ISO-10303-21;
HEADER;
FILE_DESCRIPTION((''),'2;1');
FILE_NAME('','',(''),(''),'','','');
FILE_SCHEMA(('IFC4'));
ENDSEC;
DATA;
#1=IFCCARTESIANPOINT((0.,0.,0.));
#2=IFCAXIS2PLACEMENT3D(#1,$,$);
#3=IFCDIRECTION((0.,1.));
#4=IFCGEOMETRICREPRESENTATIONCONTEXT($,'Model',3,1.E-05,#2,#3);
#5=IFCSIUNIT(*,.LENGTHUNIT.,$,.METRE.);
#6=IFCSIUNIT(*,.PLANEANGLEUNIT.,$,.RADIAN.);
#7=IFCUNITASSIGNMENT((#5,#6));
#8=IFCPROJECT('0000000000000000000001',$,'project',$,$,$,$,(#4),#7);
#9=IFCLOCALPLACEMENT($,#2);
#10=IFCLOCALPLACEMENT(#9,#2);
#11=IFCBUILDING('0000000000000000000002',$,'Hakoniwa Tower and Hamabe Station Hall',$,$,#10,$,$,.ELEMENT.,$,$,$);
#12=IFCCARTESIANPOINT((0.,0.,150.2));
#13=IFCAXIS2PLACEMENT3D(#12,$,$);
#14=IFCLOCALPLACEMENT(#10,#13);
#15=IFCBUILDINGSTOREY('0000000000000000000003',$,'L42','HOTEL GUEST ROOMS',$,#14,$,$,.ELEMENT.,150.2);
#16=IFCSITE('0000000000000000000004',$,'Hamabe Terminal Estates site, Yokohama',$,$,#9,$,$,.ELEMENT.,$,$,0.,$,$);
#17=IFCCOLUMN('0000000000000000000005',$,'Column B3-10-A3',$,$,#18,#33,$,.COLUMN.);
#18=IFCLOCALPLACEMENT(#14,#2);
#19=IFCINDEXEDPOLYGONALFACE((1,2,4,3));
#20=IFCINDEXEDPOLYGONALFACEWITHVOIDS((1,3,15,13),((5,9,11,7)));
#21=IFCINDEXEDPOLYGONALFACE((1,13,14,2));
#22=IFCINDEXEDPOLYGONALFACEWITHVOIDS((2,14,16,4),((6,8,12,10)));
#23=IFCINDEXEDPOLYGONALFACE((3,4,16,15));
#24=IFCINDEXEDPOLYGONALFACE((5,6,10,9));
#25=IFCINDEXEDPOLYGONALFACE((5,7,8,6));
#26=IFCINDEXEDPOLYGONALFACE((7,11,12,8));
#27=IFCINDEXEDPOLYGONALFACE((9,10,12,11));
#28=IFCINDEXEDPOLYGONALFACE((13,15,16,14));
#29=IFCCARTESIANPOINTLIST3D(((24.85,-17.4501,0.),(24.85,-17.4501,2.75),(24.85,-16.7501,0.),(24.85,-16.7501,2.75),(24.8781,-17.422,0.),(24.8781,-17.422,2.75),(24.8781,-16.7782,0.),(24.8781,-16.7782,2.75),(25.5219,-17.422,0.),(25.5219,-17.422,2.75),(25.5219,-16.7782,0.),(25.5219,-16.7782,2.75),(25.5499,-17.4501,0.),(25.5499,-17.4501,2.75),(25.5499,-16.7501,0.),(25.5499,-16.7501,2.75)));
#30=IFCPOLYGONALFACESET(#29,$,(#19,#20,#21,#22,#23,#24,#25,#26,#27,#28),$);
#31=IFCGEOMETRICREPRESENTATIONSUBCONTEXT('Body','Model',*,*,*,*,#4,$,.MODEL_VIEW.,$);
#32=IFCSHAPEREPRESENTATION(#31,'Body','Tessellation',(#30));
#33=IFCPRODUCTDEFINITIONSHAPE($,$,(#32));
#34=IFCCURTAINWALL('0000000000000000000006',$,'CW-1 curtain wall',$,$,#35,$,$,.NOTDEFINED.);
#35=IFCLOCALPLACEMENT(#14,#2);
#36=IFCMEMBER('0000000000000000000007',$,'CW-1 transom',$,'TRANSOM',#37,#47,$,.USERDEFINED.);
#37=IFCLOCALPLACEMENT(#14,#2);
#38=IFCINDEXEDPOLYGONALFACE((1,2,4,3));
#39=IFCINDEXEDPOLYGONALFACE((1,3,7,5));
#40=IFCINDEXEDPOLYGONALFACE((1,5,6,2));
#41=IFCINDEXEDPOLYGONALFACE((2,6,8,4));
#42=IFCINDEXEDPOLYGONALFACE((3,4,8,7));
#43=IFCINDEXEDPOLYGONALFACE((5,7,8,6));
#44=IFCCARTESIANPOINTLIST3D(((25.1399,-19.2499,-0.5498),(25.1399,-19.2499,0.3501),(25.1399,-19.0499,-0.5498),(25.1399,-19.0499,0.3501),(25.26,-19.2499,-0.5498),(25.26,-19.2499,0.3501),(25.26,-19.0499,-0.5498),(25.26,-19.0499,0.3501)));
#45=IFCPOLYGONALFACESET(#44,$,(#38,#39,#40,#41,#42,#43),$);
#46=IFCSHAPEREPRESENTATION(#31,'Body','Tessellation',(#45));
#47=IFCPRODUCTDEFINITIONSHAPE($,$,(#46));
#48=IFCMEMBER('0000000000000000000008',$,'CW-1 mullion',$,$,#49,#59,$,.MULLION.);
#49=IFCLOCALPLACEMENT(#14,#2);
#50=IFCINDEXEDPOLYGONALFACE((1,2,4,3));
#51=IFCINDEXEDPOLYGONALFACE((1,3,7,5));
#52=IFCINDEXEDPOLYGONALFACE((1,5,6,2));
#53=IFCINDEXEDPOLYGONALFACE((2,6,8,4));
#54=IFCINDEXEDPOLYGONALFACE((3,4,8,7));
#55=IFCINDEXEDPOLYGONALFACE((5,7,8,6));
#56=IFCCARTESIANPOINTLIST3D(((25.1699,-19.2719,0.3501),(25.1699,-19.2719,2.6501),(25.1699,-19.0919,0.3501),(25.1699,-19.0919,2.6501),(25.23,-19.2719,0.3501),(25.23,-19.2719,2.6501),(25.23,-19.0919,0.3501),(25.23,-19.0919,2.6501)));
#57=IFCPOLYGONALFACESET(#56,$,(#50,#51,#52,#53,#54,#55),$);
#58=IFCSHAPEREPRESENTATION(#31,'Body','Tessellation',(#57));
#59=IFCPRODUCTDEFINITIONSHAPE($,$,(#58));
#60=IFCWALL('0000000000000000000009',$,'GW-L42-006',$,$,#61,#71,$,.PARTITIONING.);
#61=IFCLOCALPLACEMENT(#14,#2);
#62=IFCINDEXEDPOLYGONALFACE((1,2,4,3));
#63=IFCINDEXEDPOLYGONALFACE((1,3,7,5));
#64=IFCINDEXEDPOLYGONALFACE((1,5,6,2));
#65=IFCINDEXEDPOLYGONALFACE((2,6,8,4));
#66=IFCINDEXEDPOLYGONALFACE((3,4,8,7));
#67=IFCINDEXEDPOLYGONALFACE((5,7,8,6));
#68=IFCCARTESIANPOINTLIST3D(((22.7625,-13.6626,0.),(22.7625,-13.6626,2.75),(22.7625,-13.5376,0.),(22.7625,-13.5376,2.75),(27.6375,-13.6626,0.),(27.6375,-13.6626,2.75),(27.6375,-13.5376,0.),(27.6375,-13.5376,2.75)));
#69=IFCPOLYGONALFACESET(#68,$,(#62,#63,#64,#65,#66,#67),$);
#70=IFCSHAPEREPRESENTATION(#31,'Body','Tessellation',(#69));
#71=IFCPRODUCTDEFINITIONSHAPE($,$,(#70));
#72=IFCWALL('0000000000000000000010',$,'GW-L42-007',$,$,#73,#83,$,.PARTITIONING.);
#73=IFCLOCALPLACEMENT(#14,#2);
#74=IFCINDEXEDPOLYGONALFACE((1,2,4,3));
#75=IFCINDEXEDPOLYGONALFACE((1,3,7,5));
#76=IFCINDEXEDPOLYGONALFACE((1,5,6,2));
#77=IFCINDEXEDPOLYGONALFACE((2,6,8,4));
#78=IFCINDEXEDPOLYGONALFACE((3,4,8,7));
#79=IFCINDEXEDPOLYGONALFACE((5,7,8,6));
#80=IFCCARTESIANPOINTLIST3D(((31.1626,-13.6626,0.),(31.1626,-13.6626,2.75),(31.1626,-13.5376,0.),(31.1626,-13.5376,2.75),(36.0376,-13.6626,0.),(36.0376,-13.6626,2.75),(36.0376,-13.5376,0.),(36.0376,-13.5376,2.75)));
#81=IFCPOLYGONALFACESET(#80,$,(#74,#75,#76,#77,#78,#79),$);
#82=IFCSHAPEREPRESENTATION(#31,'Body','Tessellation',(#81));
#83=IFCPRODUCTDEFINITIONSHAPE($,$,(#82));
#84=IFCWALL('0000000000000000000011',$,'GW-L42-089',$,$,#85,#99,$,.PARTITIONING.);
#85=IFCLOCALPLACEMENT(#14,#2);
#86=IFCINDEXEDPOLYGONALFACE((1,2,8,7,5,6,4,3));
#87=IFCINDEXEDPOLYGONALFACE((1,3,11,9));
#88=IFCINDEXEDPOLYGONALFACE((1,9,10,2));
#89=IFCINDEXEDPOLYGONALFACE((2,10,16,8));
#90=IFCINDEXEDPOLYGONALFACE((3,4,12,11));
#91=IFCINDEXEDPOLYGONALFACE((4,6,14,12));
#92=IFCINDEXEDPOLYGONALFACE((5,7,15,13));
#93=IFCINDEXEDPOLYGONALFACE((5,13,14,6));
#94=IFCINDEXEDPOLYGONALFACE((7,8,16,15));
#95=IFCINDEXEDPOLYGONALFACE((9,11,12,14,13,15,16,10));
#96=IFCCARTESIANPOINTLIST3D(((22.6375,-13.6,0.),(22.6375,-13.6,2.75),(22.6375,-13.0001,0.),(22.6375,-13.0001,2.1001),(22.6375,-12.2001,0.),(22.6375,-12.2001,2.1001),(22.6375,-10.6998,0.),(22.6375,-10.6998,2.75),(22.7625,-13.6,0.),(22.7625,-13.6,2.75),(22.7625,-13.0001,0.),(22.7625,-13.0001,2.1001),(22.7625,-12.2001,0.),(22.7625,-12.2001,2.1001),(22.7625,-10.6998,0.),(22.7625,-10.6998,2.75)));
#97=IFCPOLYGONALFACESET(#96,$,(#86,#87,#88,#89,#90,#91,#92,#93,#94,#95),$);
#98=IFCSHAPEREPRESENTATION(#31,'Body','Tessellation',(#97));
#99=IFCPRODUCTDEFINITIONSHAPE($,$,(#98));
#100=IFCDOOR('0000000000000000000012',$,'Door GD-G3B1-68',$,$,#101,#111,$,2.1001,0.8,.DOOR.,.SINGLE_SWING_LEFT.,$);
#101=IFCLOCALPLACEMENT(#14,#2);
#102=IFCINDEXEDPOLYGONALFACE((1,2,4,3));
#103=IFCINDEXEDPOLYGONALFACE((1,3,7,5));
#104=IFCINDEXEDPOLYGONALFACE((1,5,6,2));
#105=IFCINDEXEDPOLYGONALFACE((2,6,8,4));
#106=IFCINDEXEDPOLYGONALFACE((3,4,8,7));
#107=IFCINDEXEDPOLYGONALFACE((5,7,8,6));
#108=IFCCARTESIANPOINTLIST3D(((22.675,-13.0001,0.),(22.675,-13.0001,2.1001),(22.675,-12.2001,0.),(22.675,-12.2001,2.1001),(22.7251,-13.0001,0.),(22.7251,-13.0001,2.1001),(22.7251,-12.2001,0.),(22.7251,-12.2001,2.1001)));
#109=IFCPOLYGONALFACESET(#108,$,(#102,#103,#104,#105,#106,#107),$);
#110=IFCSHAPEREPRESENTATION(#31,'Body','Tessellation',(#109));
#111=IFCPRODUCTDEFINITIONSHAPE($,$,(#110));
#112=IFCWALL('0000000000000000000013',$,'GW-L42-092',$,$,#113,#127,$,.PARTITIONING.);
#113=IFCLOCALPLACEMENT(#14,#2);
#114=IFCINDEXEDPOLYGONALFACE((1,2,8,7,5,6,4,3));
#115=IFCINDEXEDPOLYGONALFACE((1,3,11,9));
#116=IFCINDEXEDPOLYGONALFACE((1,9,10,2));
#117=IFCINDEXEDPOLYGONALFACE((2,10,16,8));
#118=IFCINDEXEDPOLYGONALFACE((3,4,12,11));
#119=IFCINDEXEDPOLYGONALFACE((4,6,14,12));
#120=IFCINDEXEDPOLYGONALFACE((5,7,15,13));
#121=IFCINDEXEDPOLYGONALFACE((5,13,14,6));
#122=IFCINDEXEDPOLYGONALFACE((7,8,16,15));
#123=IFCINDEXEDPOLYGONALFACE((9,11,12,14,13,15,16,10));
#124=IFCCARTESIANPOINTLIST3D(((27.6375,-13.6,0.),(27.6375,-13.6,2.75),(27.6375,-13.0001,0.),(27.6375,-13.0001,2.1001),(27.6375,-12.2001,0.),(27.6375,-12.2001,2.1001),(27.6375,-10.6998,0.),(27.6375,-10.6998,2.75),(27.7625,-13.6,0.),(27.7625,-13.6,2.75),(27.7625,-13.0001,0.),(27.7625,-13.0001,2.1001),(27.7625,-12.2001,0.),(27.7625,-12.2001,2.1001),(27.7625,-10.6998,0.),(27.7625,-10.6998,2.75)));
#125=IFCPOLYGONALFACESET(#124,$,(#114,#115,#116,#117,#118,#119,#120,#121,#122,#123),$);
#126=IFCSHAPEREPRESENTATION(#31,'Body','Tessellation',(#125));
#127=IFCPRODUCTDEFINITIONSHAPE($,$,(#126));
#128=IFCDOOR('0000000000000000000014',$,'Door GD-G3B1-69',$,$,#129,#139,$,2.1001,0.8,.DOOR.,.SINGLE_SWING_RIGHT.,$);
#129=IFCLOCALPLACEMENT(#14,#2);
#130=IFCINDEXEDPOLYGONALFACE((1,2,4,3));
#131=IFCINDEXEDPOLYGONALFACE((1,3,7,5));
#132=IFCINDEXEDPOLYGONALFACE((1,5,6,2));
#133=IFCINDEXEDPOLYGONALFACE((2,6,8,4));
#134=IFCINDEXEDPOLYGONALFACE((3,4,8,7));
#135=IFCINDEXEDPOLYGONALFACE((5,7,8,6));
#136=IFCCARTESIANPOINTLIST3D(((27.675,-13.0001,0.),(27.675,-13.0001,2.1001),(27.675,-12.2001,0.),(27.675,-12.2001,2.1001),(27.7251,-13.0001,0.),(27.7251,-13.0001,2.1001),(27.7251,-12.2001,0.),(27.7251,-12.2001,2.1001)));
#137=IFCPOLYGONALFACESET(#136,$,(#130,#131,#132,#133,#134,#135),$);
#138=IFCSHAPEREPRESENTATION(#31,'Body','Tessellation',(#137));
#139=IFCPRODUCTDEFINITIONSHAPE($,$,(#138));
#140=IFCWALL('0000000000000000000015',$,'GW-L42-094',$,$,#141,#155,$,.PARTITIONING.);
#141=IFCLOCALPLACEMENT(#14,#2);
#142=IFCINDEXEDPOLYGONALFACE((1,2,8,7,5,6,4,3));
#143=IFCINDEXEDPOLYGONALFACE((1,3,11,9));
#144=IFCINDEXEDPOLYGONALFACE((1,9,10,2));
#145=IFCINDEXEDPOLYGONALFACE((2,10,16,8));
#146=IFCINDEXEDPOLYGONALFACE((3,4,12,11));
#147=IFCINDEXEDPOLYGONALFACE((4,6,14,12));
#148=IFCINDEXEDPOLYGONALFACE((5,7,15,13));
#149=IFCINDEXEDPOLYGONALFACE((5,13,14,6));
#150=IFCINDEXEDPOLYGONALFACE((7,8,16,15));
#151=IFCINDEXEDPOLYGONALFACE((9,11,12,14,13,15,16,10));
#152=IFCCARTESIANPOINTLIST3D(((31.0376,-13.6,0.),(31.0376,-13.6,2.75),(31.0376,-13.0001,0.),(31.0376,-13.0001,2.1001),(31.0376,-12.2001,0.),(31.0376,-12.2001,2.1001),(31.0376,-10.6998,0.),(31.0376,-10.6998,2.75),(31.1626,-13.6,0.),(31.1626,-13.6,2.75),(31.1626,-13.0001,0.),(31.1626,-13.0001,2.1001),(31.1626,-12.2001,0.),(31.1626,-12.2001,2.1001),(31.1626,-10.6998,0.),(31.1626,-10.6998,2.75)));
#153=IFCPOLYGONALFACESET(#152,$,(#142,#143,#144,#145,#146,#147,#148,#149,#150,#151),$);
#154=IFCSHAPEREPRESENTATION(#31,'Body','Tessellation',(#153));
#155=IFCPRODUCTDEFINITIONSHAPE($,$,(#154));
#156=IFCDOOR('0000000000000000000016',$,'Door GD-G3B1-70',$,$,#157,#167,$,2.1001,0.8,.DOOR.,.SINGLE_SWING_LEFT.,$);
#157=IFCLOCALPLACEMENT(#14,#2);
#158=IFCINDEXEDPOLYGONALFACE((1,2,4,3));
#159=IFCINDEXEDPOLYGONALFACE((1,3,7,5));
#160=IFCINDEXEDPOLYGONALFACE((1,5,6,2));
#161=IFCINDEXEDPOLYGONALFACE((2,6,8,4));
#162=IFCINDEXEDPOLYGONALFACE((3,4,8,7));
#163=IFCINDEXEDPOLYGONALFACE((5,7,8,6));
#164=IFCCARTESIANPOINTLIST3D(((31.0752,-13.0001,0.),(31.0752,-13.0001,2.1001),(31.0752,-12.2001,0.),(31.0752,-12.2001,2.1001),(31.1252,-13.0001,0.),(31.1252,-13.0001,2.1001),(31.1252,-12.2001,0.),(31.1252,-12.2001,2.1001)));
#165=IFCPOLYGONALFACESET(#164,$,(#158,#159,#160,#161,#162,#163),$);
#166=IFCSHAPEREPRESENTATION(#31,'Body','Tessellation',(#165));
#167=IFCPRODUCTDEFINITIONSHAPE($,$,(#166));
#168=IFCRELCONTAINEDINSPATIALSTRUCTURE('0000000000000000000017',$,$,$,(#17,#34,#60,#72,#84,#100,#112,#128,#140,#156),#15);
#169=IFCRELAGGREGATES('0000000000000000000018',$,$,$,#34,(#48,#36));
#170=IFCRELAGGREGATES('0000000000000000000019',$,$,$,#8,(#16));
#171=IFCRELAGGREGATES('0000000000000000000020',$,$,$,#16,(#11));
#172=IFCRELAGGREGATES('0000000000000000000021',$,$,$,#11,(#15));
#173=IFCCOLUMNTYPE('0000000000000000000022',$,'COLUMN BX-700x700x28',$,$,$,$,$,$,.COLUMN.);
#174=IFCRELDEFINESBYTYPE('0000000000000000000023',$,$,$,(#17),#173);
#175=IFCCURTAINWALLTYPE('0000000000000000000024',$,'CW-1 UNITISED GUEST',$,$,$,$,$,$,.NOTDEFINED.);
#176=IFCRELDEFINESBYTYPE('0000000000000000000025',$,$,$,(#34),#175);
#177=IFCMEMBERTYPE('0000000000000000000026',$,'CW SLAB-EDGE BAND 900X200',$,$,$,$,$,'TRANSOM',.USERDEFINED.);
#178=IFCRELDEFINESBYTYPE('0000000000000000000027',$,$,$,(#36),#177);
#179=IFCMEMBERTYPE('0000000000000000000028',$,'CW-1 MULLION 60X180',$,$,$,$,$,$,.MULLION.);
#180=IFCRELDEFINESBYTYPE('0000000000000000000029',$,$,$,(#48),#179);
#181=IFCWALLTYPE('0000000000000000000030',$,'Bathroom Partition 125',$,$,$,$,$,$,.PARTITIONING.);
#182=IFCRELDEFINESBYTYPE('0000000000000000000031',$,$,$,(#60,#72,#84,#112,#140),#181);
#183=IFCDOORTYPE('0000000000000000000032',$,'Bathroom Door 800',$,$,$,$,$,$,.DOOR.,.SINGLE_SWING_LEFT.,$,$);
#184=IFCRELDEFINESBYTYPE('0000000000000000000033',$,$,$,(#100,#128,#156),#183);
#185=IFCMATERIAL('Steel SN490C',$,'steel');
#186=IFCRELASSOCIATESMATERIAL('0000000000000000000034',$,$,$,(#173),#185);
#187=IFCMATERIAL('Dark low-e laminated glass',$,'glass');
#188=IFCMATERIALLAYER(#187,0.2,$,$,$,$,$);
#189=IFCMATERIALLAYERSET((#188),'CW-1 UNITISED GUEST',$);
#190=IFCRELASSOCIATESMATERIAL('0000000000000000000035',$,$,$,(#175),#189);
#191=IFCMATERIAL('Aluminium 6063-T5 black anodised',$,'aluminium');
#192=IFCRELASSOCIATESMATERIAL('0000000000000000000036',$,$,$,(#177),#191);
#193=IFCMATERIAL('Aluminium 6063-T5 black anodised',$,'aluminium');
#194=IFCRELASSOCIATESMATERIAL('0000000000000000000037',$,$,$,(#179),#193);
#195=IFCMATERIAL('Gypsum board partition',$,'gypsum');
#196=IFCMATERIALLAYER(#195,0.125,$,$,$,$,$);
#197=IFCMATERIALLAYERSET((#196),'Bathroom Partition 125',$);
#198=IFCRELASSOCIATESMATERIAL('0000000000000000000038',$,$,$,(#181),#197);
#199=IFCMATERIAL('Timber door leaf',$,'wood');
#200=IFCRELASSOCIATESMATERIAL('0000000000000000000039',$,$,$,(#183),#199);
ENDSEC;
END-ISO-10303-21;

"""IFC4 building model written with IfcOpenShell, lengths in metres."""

from ifc_helpers import new_model, si_unit, direction, frame, frame_2d, origin, origin_2d, place, context, subcontext, project, spatial, rectangle, hollow_rectangle, extrude, material, layer, layer_set, material_profile, profile_set, type_object, element, fill, aggregate, save


model = new_model("IFC4")

# Units and contexts
model_context = context("Model", 3, precision=1e-05, world=origin(), true_north=direction((0.0, 1.0)))
body_context = subcontext(model_context, "Body", "Model", "MODEL_VIEW")
ifc_project = project(units=[si_unit("LENGTHUNIT", "METRE"), si_unit("PLANEANGLEUNIT", "RADIAN")], contexts=[model_context])

# Site, building, storey
site_placement = place(None, origin())
site = spatial("IfcSite", under=ifc_project, at=site_placement, Name="Hamabe Terminal Estates site, Yokohama", CompositionType="ELEMENT", RefElevation=0.0)
building_placement = place(site_placement, origin())
building = spatial("IfcBuilding", under=site, at=building_placement, Name="Hakoniwa Tower and Hamabe Station Hall", CompositionType="ELEMENT")
storey_placement = place(building_placement, frame((0.0, 0.0, 150.2)))
storey = spatial("IfcBuildingStorey", under=building, at=storey_placement, Name="L42", Description="HOTEL GUEST ROOMS", CompositionType="ELEMENT", Elevation=150.2)

# Column
ifc_material_1 = material(Name="Steel SN490C", Category="steel")
ifc_material_profile_1 = material_profile(ifc_material_1, hollow_rectangle(XDim=0.7, YDim=0.7, WallThickness=0.0281, at=origin_2d()), Name="BX-700x700x28")
ifc_profile_set_1 = profile_set([ifc_material_profile_1], Name="Steel SN490C")
column_type = type_object("IfcColumnType", Name="COLUMN BX-700x700x28", PredefinedType="COLUMN", material=ifc_profile_set_1)
column_placement = place(storey_placement, frame((25.2, -17.1001, 0.0), z_axis=(0.0, 0.0, 1.0), x_axis=(1.0, 0.0, 0.0)))
element("IfcColumn", 1, at=column_placement, inside=storey, type_object=column_type, Name="Column B3-10-A3", PredefinedType="COLUMN", context=body_context, shape_type="SweptSolid", body=[
    extrude(hollow_rectangle(XDim=0.7, YDim=0.7, WallThickness=0.0281, at=origin_2d()), origin(), (0.0, 0.0, 1.0), 2.75),
])

# Curtain wall, members
ifc_material_2 = material(Name="Dark low-e laminated glass", Category="glass")
ifc_layer_1 = layer(ifc_material_2, 0.2)
ifc_layer_set_1 = layer_set([ifc_layer_1], Name="CW-1 UNITISED GUEST")
curtain_wall_type = type_object("IfcCurtainWallType", Name="CW-1 UNITISED GUEST", PredefinedType="NOTDEFINED", material=ifc_layer_set_1)
curtain_wall_placement = place(storey_placement, origin())
curtain_wall = element("IfcCurtainWall", 2, at=curtain_wall_placement, inside=storey, type_object=curtain_wall_type, Name="CW-1 curtain wall", PredefinedType="NOTDEFINED")
ifc_material_3 = material(Name="Aluminium 6063-T5 black anodised", Category="aluminium")
ifc_material_profile_2 = material_profile(ifc_material_3, rectangle(XDim=0.2, YDim=0.8999, at=origin_2d()), Name="CW SLAB-EDGE BAND 900X200")
ifc_profile_set_2 = profile_set([ifc_material_profile_2], Name="Aluminium 6063-T5 black anodised")
member_type_1 = type_object("IfcMemberType", Name="CW SLAB-EDGE BAND 900X200", ElementType="TRANSOM", PredefinedType="USERDEFINED", material=ifc_profile_set_2)
member_1_placement = place(storey_placement, frame((25.1399, -19.1499, -0.0999), z_axis=(1.0, 0.0, 0.0), x_axis=(0.0, 1.0, 0.0)))
member_1 = element("IfcMember", 3, at=member_1_placement, type_object=member_type_1, Name="CW-1 transom", ObjectType="TRANSOM", PredefinedType="USERDEFINED", context=body_context, shape_type="SweptSolid", body=[
    extrude(rectangle(XDim=0.2, YDim=0.8999, at=origin_2d()), origin(), (0.0, 0.0, 1.0), 0.1201),
])
ifc_material_4 = material(Name="Aluminium 6063-T5 black anodised", Category="aluminium")
ifc_material_profile_3 = material_profile(ifc_material_4, rectangle(XDim=0.0601, YDim=0.1799, at=origin_2d()), Name="CW-1 MULLION 60X180")
ifc_profile_set_3 = profile_set([ifc_material_profile_3], Name="Aluminium 6063-T5 black anodised")
member_type_2 = type_object("IfcMemberType", Name="CW-1 MULLION 60X180", PredefinedType="MULLION", material=ifc_profile_set_3)
member_2_placement = place(storey_placement, frame((25.2, -19.1819, 0.3501), z_axis=(0.0, 0.0, 1.0), x_axis=(1.0, 0.0, 0.0)))
member_2 = element("IfcMember", 4, at=member_2_placement, type_object=member_type_2, Name="CW-1 mullion", PredefinedType="MULLION", context=body_context, shape_type="SweptSolid", body=[
    extrude(rectangle(XDim=0.0601, YDim=0.1799, at=origin_2d()), origin(), (0.0, 0.0, 1.0), 2.3),
])

# Walls
ifc_material_5 = material(Name="Gypsum board partition", Category="gypsum")
ifc_layer_2 = layer(ifc_material_5, 0.125)
ifc_layer_set_2 = layer_set([ifc_layer_2], Name="Bathroom Partition 125")
wall_type_1 = type_object("IfcWallType", Name="Bathroom Partition 125", PredefinedType="PARTITIONING", material=ifc_layer_set_2)
for number, where, z_axis, x_axis, name in (
    (5, (22.7625, -13.6001, 0.0), (0.0, 0.0, 1.0), (1.0, 0.0, 0.0), "GW-L42-006"),
    (6, (31.1626, -13.6001, 0.0), (0.0, 0.0, 1.0), (1.0, 0.0, 0.0), "GW-L42-007"),
):
    element("IfcWall", number, at=place(storey_placement, frame(where, z_axis=z_axis, x_axis=x_axis)), inside=storey, type_object=wall_type_1, Name=name, PredefinedType="PARTITIONING", context=body_context, shape_type="SweptSolid", body=[
        extrude(rectangle(XDim=4.875, YDim=0.125, at=frame_2d((2.4375, 0.0))), origin(), (0.0, 0.0, 1.0), 2.75),
    ])

# Walls, openings, doors
wall_1_placement = place(storey_placement, frame((22.7, -13.6001, 0.0), z_axis=(0.0, 0.0, 1.0), x_axis=(0.0, 1.0, 0.0)))
wall_1 = element("IfcWall", 7, at=wall_1_placement, inside=storey, type_object=wall_type_1, Name="GW-L42-089", PredefinedType="PARTITIONING", context=body_context, shape_type="SweptSolid", body=[
    extrude(rectangle(XDim=2.9001, YDim=0.125, at=frame_2d((1.4502, 0.0))), origin(), (0.0, 0.0, 1.0), 2.75),
])
opening_1_placement = place(wall_1_placement, frame((0.6001, 0.0, 0.0)))
opening_1 = element("IfcOpeningElement", 8, at=opening_1_placement, cuts=wall_1, PredefinedType="OPENING", context=body_context, shape_type="SweptSolid", body=[
    extrude(rectangle(XDim=0.8, YDim=2.1001, at=frame_2d((0.3999, 1.05))), frame((0.0, 0.0725, 0.0), z_axis=(0.0, -1.0, 0.0), x_axis=(1.0, 0.0, 0.0)), (0.0, 0.0, 1.0), 0.145),
])
ifc_material_6 = material(Name="Timber door leaf", Category="wood")
door_type_1 = type_object("IfcDoorType", Name="Bathroom Door 800", OperationType="SINGLE_SWING_LEFT", PredefinedType="DOOR", material=ifc_material_6)
door_1_placement = place(opening_1_placement, origin())
door_1 = element("IfcDoor", 9, at=door_1_placement, inside=storey, type_object=door_type_1, Name="Door GD-G3B1-68", OperationType="SINGLE_SWING_LEFT", OverallHeight=2.1001, OverallWidth=0.8, PredefinedType="DOOR", context=body_context, shape_type="SweptSolid", body=[
    extrude(rectangle(XDim=0.8, YDim=2.1001, at=frame_2d((0.3999, 1.05))), frame((0.0, 0.0249, 0.0), z_axis=(0.0, -1.0, 0.0), x_axis=(1.0, 0.0, 0.0)), (0.0, 0.0, 1.0), 0.05),
])
fill(opening_1, door_1)
wall_2_placement = place(storey_placement, frame((27.7, -13.6001, 0.0), z_axis=(0.0, 0.0, 1.0), x_axis=(0.0, 1.0, 0.0)))
wall_2 = element("IfcWall", 10, at=wall_2_placement, inside=storey, type_object=wall_type_1, Name="GW-L42-092", PredefinedType="PARTITIONING", context=body_context, shape_type="SweptSolid", body=[
    extrude(rectangle(XDim=2.9001, YDim=0.125, at=frame_2d((1.4502, 0.0))), origin(), (0.0, 0.0, 1.0), 2.75),
])
opening_2_placement = place(wall_2_placement, frame((0.6001, 0.0, 0.0)))
opening_2 = element("IfcOpeningElement", 11, at=opening_2_placement, cuts=wall_2, PredefinedType="OPENING", context=body_context, shape_type="SweptSolid", body=[
    extrude(rectangle(XDim=0.8, YDim=2.1001, at=frame_2d((0.3999, 1.05))), frame((0.0, 0.0725, 0.0), z_axis=(0.0, -1.0, 0.0), x_axis=(1.0, 0.0, 0.0)), (0.0, 0.0, 1.0), 0.145),
])
door_2_placement = place(opening_2_placement, origin())
door_2 = element("IfcDoor", 12, at=door_2_placement, inside=storey, type_object=door_type_1, Name="Door GD-G3B1-69", OperationType="SINGLE_SWING_RIGHT", OverallHeight=2.1001, OverallWidth=0.8, PredefinedType="DOOR", context=body_context, shape_type="SweptSolid", body=[
    extrude(rectangle(XDim=0.8, YDim=2.1001, at=frame_2d((0.3999, 1.05))), frame((0.0, 0.0249, 0.0), z_axis=(0.0, -1.0, 0.0), x_axis=(1.0, 0.0, 0.0)), (0.0, 0.0, 1.0), 0.05),
])
fill(opening_2, door_2)
wall_3_placement = place(storey_placement, frame((31.1001, -13.6001, 0.0), z_axis=(0.0, 0.0, 1.0), x_axis=(0.0, 1.0, 0.0)))
wall_3 = element("IfcWall", 13, at=wall_3_placement, inside=storey, type_object=wall_type_1, Name="GW-L42-094", PredefinedType="PARTITIONING", context=body_context, shape_type="SweptSolid", body=[
    extrude(rectangle(XDim=2.9001, YDim=0.125, at=frame_2d((1.4502, 0.0))), origin(), (0.0, 0.0, 1.0), 2.75),
])
opening_3_placement = place(wall_3_placement, frame((0.6001, 0.0, 0.0)))
opening_3 = element("IfcOpeningElement", 14, at=opening_3_placement, cuts=wall_3, PredefinedType="OPENING", context=body_context, shape_type="SweptSolid", body=[
    extrude(rectangle(XDim=0.8, YDim=2.1001, at=frame_2d((0.3999, 1.05))), frame((0.0, 0.0725, 0.0), z_axis=(0.0, -1.0, 0.0), x_axis=(1.0, 0.0, 0.0)), (0.0, 0.0, 1.0), 0.145),
])
door_3_placement = place(opening_3_placement, origin())
door_3 = element("IfcDoor", 15, at=door_3_placement, inside=storey, type_object=door_type_1, Name="Door GD-G3B1-70", OperationType="SINGLE_SWING_LEFT", OverallHeight=2.1001, OverallWidth=0.8, PredefinedType="DOOR", context=body_context, shape_type="SweptSolid", body=[
    extrude(rectangle(XDim=0.8, YDim=2.1001, at=frame_2d((0.3999, 1.05))), frame((0.0, 0.0249, 0.0), z_axis=(0.0, -1.0, 0.0), x_axis=(1.0, 0.0, 0.0)), (0.0, 0.0, 1.0), 0.05),
])
fill(opening_3, door_3)

aggregate(curtain_wall, [member_2, member_1])

save(model, "model.ifc")
